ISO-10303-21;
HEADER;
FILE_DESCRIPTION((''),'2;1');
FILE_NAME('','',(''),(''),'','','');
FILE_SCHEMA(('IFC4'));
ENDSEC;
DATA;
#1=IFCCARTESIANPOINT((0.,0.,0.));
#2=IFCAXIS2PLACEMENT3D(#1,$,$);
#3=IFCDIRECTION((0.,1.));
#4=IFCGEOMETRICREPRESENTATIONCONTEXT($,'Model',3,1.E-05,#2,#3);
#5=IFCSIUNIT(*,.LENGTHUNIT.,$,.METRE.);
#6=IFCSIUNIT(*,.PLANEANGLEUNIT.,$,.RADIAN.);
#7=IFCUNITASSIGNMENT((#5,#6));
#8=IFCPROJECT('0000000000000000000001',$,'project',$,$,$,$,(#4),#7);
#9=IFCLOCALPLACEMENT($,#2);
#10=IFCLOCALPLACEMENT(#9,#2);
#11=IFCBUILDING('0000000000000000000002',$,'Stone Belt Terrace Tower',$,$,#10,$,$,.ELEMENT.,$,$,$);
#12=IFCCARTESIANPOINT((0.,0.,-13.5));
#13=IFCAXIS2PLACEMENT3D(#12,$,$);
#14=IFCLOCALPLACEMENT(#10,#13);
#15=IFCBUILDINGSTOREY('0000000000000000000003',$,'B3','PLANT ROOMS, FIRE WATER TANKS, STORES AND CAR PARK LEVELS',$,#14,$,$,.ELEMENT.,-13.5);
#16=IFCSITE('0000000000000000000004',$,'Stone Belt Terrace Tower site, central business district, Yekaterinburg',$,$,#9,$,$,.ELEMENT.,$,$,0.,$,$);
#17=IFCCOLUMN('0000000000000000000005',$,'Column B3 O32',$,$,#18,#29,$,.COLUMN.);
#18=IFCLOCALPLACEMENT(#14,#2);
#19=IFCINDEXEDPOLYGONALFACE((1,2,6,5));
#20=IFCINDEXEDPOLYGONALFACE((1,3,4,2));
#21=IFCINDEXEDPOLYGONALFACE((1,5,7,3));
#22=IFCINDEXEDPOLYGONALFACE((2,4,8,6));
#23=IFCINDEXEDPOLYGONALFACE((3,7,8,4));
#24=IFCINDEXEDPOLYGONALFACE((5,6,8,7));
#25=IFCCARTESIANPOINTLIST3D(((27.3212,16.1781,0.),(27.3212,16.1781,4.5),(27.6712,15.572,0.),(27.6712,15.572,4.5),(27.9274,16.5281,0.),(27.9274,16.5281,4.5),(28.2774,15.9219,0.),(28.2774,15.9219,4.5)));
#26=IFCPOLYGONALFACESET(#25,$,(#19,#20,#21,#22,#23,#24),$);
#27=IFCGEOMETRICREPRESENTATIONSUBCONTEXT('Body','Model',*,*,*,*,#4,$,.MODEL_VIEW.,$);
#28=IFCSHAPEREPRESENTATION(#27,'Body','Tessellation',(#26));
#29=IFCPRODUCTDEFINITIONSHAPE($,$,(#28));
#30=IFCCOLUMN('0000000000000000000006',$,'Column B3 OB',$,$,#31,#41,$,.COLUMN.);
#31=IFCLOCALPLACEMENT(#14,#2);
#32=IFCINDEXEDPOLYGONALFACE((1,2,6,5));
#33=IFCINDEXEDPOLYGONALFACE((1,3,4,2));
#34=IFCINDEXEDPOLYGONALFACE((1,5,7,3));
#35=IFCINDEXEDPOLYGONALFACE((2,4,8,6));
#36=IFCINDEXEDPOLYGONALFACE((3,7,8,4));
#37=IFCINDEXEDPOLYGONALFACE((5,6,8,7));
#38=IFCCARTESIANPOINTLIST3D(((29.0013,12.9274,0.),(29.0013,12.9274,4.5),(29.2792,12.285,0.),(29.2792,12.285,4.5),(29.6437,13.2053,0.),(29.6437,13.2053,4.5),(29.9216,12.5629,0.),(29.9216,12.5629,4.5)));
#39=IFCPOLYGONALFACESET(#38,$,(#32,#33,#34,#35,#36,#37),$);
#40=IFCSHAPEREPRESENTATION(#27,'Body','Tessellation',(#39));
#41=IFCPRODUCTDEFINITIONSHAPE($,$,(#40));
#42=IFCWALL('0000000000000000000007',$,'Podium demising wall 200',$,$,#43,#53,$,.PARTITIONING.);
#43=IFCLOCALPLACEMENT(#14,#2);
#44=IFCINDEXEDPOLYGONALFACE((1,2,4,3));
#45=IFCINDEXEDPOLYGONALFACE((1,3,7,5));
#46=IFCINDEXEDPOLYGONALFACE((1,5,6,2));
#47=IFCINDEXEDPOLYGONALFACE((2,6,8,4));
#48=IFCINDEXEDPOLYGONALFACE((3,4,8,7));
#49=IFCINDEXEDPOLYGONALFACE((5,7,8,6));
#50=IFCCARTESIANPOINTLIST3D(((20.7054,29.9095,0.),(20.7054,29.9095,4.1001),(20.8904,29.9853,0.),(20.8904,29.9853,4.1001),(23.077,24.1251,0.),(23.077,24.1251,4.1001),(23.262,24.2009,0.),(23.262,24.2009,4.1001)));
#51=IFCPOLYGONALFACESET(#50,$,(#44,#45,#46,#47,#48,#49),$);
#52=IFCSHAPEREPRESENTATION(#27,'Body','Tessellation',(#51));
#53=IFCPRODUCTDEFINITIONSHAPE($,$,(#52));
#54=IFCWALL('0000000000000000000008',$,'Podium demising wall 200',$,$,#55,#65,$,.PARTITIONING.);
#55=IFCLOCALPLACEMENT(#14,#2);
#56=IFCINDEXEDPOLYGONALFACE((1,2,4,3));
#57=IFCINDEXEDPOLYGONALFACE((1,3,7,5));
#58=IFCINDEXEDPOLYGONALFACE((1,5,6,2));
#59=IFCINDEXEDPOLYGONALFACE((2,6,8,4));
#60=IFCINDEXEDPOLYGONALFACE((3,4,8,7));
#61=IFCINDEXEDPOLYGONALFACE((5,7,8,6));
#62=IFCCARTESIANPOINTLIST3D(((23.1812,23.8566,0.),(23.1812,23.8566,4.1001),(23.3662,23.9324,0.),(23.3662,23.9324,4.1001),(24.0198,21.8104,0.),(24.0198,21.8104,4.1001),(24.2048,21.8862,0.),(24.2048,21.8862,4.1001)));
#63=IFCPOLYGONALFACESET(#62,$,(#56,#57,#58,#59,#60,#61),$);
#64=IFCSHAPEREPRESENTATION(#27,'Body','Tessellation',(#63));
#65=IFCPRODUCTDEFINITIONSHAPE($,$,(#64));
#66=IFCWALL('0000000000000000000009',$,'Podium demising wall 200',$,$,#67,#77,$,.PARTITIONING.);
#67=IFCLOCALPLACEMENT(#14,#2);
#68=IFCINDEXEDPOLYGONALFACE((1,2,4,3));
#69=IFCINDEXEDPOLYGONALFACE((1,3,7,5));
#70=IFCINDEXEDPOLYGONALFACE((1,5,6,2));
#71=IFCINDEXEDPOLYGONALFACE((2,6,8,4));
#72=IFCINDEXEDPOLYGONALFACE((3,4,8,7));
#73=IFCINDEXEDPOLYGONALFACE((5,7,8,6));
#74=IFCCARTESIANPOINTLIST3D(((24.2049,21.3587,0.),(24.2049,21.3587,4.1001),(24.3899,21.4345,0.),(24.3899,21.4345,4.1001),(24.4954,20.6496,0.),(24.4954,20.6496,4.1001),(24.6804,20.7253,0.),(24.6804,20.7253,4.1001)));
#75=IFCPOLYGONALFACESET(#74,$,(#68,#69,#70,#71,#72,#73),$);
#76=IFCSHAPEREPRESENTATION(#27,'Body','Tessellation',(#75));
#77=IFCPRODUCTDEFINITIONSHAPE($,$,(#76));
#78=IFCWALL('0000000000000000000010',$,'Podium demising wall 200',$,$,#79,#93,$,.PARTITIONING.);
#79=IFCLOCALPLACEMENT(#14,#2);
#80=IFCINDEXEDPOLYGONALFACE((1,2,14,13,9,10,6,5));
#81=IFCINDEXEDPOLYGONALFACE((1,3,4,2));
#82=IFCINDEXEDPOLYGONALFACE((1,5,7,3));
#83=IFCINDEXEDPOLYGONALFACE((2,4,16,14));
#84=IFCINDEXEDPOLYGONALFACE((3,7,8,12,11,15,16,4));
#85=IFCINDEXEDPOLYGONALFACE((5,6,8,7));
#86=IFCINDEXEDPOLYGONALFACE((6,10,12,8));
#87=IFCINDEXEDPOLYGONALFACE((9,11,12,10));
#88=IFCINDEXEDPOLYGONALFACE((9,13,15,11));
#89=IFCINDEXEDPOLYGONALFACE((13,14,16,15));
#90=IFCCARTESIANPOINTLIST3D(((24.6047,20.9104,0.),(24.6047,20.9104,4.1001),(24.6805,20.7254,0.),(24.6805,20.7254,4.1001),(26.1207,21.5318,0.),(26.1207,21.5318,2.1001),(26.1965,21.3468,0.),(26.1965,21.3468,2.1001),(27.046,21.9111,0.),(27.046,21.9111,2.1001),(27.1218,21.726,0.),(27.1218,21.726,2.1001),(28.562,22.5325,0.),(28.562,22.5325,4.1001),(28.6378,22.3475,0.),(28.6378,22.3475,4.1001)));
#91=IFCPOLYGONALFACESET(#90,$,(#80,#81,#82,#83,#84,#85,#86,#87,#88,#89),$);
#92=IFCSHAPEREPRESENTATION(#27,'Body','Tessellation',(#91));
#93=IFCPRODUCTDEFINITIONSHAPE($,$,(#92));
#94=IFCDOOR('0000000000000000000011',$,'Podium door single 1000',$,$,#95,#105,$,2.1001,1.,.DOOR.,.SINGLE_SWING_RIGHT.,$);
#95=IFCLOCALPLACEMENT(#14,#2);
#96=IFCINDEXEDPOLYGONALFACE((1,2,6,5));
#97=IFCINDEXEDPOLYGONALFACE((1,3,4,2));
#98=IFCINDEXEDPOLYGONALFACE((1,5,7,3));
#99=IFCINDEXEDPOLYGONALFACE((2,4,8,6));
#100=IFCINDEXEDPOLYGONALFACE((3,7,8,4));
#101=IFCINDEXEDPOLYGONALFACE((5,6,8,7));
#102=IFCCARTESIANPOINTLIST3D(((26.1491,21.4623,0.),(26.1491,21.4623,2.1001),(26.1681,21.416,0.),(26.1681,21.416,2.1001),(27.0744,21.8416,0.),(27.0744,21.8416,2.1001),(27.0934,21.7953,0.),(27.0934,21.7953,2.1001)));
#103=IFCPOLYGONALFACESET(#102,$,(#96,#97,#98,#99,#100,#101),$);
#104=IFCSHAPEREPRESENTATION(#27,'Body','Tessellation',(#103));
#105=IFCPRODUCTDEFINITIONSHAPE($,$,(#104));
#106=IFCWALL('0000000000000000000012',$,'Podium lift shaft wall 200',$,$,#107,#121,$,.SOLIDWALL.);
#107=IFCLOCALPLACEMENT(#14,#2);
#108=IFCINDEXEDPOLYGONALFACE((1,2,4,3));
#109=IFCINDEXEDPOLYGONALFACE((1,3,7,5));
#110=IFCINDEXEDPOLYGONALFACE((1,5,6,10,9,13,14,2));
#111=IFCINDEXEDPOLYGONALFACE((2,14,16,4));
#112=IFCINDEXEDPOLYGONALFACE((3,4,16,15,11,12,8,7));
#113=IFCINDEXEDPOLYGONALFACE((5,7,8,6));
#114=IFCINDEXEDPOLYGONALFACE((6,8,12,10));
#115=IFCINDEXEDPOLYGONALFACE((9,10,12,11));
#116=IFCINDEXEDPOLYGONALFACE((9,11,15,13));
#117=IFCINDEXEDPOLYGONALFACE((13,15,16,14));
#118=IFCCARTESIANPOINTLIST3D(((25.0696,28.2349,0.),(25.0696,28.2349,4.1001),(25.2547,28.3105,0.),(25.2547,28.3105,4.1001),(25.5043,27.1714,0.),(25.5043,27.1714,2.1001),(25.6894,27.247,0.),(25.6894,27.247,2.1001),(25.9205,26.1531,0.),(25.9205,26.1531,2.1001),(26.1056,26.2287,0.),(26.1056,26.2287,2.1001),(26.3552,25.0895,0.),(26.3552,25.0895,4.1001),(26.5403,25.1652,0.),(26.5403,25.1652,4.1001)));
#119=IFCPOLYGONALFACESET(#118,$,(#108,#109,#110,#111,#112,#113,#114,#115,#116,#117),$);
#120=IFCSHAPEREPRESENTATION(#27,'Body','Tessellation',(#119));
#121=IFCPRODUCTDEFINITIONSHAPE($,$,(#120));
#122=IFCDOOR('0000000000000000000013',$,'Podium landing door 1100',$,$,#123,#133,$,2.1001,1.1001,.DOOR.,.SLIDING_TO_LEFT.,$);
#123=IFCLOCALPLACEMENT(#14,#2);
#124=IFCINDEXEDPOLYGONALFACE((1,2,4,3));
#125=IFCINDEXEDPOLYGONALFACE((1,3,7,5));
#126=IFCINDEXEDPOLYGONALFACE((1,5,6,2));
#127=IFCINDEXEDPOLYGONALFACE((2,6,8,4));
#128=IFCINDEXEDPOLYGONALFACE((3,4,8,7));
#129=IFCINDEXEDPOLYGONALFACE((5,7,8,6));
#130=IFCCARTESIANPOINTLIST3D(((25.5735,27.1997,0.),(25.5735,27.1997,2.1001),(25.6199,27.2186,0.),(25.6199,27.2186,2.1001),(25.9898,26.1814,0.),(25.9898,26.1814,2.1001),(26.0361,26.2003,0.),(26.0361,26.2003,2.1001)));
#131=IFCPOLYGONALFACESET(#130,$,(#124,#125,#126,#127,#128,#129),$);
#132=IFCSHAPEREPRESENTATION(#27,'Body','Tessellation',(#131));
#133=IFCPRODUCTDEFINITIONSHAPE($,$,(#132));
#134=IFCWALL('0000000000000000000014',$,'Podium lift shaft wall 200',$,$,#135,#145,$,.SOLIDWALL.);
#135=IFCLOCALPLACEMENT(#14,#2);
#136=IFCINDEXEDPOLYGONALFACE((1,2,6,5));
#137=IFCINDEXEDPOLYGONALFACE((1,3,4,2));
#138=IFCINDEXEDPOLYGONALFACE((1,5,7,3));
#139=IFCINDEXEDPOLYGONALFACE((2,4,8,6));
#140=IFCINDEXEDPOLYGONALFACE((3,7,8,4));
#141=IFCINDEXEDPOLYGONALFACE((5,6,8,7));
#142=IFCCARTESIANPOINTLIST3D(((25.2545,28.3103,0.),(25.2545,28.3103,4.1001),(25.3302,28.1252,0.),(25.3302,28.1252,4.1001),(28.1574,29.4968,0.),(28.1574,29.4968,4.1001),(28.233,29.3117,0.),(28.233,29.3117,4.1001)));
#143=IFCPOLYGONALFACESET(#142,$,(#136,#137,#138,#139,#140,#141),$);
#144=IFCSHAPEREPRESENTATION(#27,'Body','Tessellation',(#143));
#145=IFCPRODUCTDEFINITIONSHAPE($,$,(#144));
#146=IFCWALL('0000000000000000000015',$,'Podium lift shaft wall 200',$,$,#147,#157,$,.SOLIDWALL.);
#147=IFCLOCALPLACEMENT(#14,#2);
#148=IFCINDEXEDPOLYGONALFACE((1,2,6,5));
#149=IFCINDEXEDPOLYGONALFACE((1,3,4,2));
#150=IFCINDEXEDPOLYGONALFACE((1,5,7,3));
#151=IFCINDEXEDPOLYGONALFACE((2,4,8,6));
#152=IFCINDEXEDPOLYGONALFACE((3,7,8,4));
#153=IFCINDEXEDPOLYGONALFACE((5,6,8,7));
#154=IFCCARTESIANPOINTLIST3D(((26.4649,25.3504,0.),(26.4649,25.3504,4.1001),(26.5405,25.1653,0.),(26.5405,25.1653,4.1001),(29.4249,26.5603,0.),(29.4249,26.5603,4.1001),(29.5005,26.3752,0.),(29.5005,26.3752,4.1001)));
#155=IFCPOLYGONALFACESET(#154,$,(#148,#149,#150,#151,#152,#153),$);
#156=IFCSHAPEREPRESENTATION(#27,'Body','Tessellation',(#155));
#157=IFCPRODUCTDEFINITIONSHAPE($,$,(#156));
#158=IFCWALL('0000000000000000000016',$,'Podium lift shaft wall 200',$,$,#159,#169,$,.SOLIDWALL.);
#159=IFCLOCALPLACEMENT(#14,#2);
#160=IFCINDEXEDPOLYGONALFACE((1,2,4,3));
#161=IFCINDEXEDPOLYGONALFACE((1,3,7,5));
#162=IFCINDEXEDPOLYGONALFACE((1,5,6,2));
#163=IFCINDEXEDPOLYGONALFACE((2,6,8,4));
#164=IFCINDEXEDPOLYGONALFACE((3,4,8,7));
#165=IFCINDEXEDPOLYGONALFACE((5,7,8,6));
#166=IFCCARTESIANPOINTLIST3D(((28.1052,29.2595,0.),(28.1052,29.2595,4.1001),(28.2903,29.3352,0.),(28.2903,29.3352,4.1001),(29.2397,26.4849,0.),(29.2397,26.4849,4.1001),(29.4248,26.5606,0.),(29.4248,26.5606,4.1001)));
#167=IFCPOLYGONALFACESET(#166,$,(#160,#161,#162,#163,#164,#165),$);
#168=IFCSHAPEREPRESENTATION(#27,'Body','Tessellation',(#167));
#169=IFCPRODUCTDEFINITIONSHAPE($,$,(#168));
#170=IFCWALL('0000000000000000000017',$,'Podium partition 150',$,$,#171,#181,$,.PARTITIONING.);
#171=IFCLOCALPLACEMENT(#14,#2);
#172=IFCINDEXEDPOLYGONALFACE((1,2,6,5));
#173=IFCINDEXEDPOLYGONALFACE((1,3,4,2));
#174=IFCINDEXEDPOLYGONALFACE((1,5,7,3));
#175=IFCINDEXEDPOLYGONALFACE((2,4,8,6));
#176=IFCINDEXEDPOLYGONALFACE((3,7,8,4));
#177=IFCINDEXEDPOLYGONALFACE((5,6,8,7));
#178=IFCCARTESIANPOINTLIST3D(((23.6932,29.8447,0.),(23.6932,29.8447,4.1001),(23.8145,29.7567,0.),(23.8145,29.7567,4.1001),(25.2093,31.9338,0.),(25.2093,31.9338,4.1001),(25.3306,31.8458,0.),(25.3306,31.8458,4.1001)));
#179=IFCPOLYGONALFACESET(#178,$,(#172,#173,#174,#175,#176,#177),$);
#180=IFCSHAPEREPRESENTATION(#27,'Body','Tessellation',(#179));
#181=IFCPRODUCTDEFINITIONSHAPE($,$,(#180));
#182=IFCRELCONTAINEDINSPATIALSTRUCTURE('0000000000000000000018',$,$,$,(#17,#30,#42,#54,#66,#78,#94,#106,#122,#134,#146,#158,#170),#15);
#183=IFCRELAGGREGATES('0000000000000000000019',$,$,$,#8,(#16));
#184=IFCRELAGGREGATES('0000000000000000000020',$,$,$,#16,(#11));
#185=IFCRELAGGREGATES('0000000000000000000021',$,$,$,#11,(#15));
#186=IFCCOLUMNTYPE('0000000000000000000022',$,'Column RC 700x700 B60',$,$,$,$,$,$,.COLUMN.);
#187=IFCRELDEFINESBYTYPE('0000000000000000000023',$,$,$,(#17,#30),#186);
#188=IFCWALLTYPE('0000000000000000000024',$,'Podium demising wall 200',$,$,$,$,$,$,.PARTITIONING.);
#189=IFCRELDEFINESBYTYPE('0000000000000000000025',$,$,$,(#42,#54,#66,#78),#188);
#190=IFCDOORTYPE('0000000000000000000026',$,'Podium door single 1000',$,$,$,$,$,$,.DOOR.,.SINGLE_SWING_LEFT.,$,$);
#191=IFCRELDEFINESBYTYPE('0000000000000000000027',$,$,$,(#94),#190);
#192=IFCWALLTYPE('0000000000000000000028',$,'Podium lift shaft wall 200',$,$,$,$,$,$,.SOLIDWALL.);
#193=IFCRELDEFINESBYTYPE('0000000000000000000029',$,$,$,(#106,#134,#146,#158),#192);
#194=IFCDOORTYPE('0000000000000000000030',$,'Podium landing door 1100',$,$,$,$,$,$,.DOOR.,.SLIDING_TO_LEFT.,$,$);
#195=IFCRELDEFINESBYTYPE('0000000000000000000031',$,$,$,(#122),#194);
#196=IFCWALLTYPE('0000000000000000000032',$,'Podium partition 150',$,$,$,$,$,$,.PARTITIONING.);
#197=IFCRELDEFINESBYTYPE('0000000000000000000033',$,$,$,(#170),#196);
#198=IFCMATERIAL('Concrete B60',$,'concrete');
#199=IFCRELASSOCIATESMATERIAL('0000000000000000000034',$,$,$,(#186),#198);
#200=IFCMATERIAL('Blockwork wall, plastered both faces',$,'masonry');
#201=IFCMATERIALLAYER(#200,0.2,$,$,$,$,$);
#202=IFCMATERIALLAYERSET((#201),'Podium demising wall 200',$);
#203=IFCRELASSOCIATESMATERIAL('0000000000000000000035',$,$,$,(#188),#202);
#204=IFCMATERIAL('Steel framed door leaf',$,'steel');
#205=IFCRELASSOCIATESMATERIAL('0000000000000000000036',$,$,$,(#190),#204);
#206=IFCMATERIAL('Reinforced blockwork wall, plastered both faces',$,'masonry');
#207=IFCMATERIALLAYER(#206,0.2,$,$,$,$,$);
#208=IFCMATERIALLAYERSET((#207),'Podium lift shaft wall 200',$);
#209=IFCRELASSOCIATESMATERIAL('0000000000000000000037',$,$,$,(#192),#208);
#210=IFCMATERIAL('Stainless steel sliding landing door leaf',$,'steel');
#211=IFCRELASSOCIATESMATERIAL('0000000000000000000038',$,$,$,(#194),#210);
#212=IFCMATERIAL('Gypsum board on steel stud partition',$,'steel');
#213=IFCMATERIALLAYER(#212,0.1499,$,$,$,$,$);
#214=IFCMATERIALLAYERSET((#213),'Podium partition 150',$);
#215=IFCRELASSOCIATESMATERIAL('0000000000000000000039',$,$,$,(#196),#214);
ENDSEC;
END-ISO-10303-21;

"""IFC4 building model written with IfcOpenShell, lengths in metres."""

from ifc_helpers import new_model, si_unit, direction, frame, frame_2d, origin, origin_2d, place, context, subcontext, project, spatial, rectangle, extrude, material, layer, layer_set, material_profile, profile_set, type_object, element, fill, save


model = new_model("IFC4")

# Units and contexts
model_context = context("Model", 3, precision=1e-05, world=origin(), true_north=direction((0.0, 1.0)))
body_context = subcontext(model_context, "Body", "Model", "MODEL_VIEW")
ifc_project = project(units=[si_unit("LENGTHUNIT", "METRE"), si_unit("PLANEANGLEUNIT", "RADIAN")], contexts=[model_context])

# Site, building, storey
site_placement = place(None, origin())
site = spatial("IfcSite", under=ifc_project, at=site_placement, Name="Stone Belt Terrace Tower site, central business district, Yekaterinburg", CompositionType="ELEMENT", RefElevation=0.0)
building_placement = place(site_placement, origin())
building = spatial("IfcBuilding", under=site, at=building_placement, Name="Stone Belt Terrace Tower", CompositionType="ELEMENT")
storey_placement = place(building_placement, frame((0.0, 0.0, -13.5)))
storey = spatial("IfcBuildingStorey", under=building, at=storey_placement, Name="B3", Description="PLANT ROOMS, FIRE WATER TANKS, STORES AND CAR PARK LEVELS", CompositionType="ELEMENT", Elevation=-13.5)

# Columns
ifc_material_1 = material(Name="Concrete B60", Category="concrete")
ifc_material_profile_1 = material_profile(ifc_material_1, rectangle(XDim=0.7, YDim=0.7, at=origin_2d()), Name="RC 700x700")
ifc_profile_set_1 = profile_set([ifc_material_profile_1], Name="Concrete B60")
column_type = type_object("IfcColumnType", Name="Column RC 700x700 B60", PredefinedType="COLUMN", material=ifc_profile_set_1)
for number, where, z_axis, x_axis, name in (
    (1, (27.7993, 16.05, 0.0), (0.0, 0.0, 1.0), (0.5, -0.866025, 0.0), "Column B3 O32"),
    (2, (29.4614, 12.7451, 0.0), (0.0, 0.0, 1.0), (0.397044, -0.9178, 0.0), "Column B3 OB"),
):
    element("IfcColumn", number, at=place(storey_placement, frame(where, z_axis=z_axis, x_axis=x_axis)), inside=storey, type_object=column_type, Name=name, PredefinedType="COLUMN", context=body_context, shape_type="SweptSolid", body=[
        extrude(rectangle(XDim=0.7, YDim=0.7, at=origin_2d()), origin(), (0.0, 0.0, 1.0), 4.5),
    ])

# Walls
ifc_material_2 = material(Name="Blockwork wall, plastered both faces", Category="masonry")
ifc_layer_1 = layer(ifc_material_2, 0.2)
ifc_layer_set_1 = layer_set([ifc_layer_1], Name="Podium demising wall 200")
wall_type_1 = type_object("IfcWallType", Name="Podium demising wall 200", PredefinedType="PARTITIONING", material=ifc_layer_set_1)
wall_1_placement = place(storey_placement, frame((20.7979, 29.9475, 0.0), z_axis=(0.0, 0.0, 1.0), x_axis=(0.379349, -0.925254, 0.0)))
element("IfcWall", 3, at=wall_1_placement, inside=storey, type_object=wall_type_1, Name="Podium demising wall 200", PredefinedType="PARTITIONING", context=body_context, shape_type="SweptSolid", body=[
    extrude(rectangle(XDim=6.2517, YDim=0.2, at=frame_2d((3.126, 0.0))), origin(), (0.0, 0.0, 1.0), 4.1001),
])
wall_2_placement = place(storey_placement, frame((23.2737, 23.8945, 0.0), z_axis=(0.0, 0.0, 1.0), x_axis=(0.379239, -0.925299, 0.0)))
element("IfcWall", 4, at=wall_2_placement, inside=storey, type_object=wall_type_1, Name="Podium demising wall 200", PredefinedType="PARTITIONING", context=body_context, shape_type="SweptSolid", body=[
    extrude(rectangle(XDim=2.2114, YDim=0.2, at=frame_2d((1.1057, 0.0))), origin(), (0.0, 0.0, 1.0), 4.1001),
])
wall_3_placement = place(storey_placement, frame((24.2974, 21.3967, 0.0), z_axis=(0.0, 0.0, 1.0), x_axis=(0.379067, -0.925369, 0.0)))
element("IfcWall", 5, at=wall_3_placement, inside=storey, type_object=wall_type_1, Name="Podium demising wall 200", PredefinedType="PARTITIONING", context=body_context, shape_type="SweptSolid", body=[
    extrude(rectangle(XDim=0.7664, YDim=0.2, at=frame_2d((0.3833, 0.0))), origin(), (0.0, 0.0, 1.0), 4.1001),
])

# Walls, openings, doors
wall_4_placement = place(storey_placement, frame((24.6426, 20.8179, 0.0), z_axis=(0.0, 0.0, 1.0), x_axis=(0.925286, 0.379271, 0.0)))
wall_4 = element("IfcWall", 6, at=wall_4_placement, inside=storey, type_object=wall_type_1, Name="Podium demising wall 200", PredefinedType="PARTITIONING", context=body_context, shape_type="SweptSolid", body=[
    extrude(rectangle(XDim=4.2769, YDim=0.2, at=frame_2d((2.1384, 0.0))), origin(), (0.0, 0.0, 1.0), 4.1001),
])
opening_1_placement = place(wall_4_placement, frame((1.6384, 0.0, 0.0)))
opening_1 = element("IfcOpeningElement", 7, at=opening_1_placement, cuts=wall_4, PredefinedType="OPENING", context=body_context, shape_type="SweptSolid", body=[
    extrude(rectangle(XDim=1.0, YDim=2.1001, at=frame_2d((0.5, 1.05))), frame((0.0, 0.1099, 0.0), z_axis=(0.0, -1.0, 0.0), x_axis=(1.0, 0.0, 0.0)), (0.0, 0.0, 1.0), 0.22),
])
ifc_material_3 = material(Name="Steel framed door leaf", Category="steel")
door_type_1 = type_object("IfcDoorType", Name="Podium door single 1000", OperationType="SINGLE_SWING_LEFT", PredefinedType="DOOR", material=ifc_material_3)
door_1_placement = place(opening_1_placement, origin())
door_1 = element("IfcDoor", 8, at=door_1_placement, inside=storey, type_object=door_type_1, Name="Podium door single 1000", OperationType="SINGLE_SWING_RIGHT", OverallHeight=2.1001, OverallWidth=1.0, PredefinedType="DOOR", context=body_context, shape_type="SweptSolid", body=[
    extrude(rectangle(XDim=1.0, YDim=2.1001, at=frame_2d((0.5, 1.05))), frame((0.0, 0.0249, 0.0), z_axis=(0.0, -1.0, 0.0), x_axis=(1.0, 0.0, 0.0)), (0.0, 0.0, 1.0), 0.05),
])
fill(opening_1, door_1)
ifc_material_4 = material(Name="Reinforced blockwork wall, plastered both faces", Category="masonry")
ifc_layer_2 = layer(ifc_material_4, 0.2)
ifc_layer_set_2 = layer_set([ifc_layer_2], Name="Podium lift shaft wall 200")
wall_type_2 = type_object("IfcWallType", Name="Podium lift shaft wall 200", PredefinedType="SOLIDWALL", material=ifc_layer_set_2)
wall_5_placement = place(storey_placement, frame((25.1621, 28.2727, 0.0), z_axis=(0.0, 0.0, 1.0), x_axis=(0.378367, -0.925656, 0.0)))
wall_5 = element("IfcWall", 9, at=wall_5_placement, inside=storey, type_object=wall_type_2, Name="Podium lift shaft wall 200", PredefinedType="SOLIDWALL", context=body_context, shape_type="SweptSolid", body=[
    extrude(rectangle(XDim=3.3979, YDim=0.2, at=frame_2d((1.699, 0.0))), origin(), (0.0, 0.0, 1.0), 4.1001),
])
opening_2_placement = place(wall_5_placement, frame((1.1489, 0.0, 0.0)))
opening_2 = element("IfcOpeningElement", 10, at=opening_2_placement, cuts=wall_5, PredefinedType="OPENING", context=body_context, shape_type="SweptSolid", body=[
    extrude(rectangle(XDim=1.1001, YDim=2.1001, at=frame_2d((0.55, 1.05))), frame((0.0, 0.1099, 0.0), z_axis=(0.0, -1.0, 0.0), x_axis=(1.0, 0.0, 0.0)), (0.0, 0.0, 1.0), 0.22),
])
ifc_material_5 = material(Name="Stainless steel sliding landing door leaf", Category="steel")
door_type_2 = type_object("IfcDoorType", Name="Podium landing door 1100", OperationType="SLIDING_TO_LEFT", PredefinedType="DOOR", material=ifc_material_5)
door_2_placement = place(opening_2_placement, origin())
door_2 = element("IfcDoor", 11, at=door_2_placement, inside=storey, type_object=door_type_2, Name="Podium landing door 1100", OperationType="SLIDING_TO_LEFT", OverallHeight=2.1001, OverallWidth=1.1001, PredefinedType="DOOR", context=body_context, shape_type="SweptSolid", body=[
    extrude(rectangle(XDim=1.1001, YDim=2.1001, at=frame_2d((0.55, 1.05))), frame((0.0, 0.0249, 0.0), z_axis=(0.0, -1.0, 0.0), x_axis=(1.0, 0.0, 0.0)), (0.0, 0.0, 1.0), 0.05),
])
fill(opening_2, door_2)

# Walls
wall_6_placement = place(storey_placement, frame((25.2925, 28.2178, 0.0), z_axis=(0.0, 0.0, 1.0), x_axis=(0.925659, 0.37836, 0.0)))
element("IfcWall", 12, at=wall_6_placement, inside=storey, type_object=wall_type_2, Name="Podium lift shaft wall 200", PredefinedType="SOLIDWALL", context=body_context, shape_type="SweptSolid", body=[
    extrude(rectangle(XDim=3.136, YDim=0.2, at=frame_2d((1.5679, 0.0))), origin(), (0.0, 0.0, 1.0), 4.1001),
])
wall_7_placement = place(storey_placement, frame((26.5027, 25.2578, 0.0), z_axis=(0.0, 0.0, 1.0), x_axis=(0.925649, 0.378383, 0.0)))
element("IfcWall", 13, at=wall_7_placement, inside=storey, type_object=wall_type_2, Name="Podium lift shaft wall 200", PredefinedType="SOLIDWALL", context=body_context, shape_type="SweptSolid", body=[
    extrude(rectangle(XDim=3.1978, YDim=0.2, at=frame_2d((1.5989, 0.0))), origin(), (0.0, 0.0, 1.0), 4.1001),
])
wall_8_placement = place(storey_placement, frame((28.1978, 29.2974, 0.0), z_axis=(0.0, 0.0, 1.0), x_axis=(0.378471, -0.925613, 0.0)))
element("IfcWall", 14, at=wall_8_placement, inside=storey, type_object=wall_type_2, Name="Podium lift shaft wall 200", PredefinedType="SOLIDWALL", context=body_context, shape_type="SweptSolid", body=[
    extrude(rectangle(XDim=2.9976, YDim=0.2, at=frame_2d((1.4988, 0.0))), origin(), (0.0, 0.0, 1.0), 4.1001),
])
ifc_material_6 = material(Name="Gypsum board on steel stud partition", Category="steel")
ifc_layer_3 = layer(ifc_material_6, 0.1499)
ifc_layer_set_3 = layer_set([ifc_layer_3], Name="Podium partition 150")
wall_type_3 = type_object("IfcWallType", Name="Podium partition 150", PredefinedType="PARTITIONING", material=ifc_layer_set_3)
wall_9_placement = place(storey_placement, frame((23.7539, 29.8008, 0.0), z_axis=(0.0, 0.0, 1.0), x_axis=(0.58735, 0.809333, 0.0)))
element("IfcWall", 15, at=wall_9_placement, inside=storey, type_object=wall_type_3, Name="Podium partition 150", PredefinedType="PARTITIONING", context=body_context, shape_type="SweptSolid", body=[
    extrude(rectangle(XDim=2.5813, YDim=0.1499, at=frame_2d((1.2905, 0.0))), origin(), (0.0, 0.0, 1.0), 4.1001),
])

save(model, "model.ifc")
